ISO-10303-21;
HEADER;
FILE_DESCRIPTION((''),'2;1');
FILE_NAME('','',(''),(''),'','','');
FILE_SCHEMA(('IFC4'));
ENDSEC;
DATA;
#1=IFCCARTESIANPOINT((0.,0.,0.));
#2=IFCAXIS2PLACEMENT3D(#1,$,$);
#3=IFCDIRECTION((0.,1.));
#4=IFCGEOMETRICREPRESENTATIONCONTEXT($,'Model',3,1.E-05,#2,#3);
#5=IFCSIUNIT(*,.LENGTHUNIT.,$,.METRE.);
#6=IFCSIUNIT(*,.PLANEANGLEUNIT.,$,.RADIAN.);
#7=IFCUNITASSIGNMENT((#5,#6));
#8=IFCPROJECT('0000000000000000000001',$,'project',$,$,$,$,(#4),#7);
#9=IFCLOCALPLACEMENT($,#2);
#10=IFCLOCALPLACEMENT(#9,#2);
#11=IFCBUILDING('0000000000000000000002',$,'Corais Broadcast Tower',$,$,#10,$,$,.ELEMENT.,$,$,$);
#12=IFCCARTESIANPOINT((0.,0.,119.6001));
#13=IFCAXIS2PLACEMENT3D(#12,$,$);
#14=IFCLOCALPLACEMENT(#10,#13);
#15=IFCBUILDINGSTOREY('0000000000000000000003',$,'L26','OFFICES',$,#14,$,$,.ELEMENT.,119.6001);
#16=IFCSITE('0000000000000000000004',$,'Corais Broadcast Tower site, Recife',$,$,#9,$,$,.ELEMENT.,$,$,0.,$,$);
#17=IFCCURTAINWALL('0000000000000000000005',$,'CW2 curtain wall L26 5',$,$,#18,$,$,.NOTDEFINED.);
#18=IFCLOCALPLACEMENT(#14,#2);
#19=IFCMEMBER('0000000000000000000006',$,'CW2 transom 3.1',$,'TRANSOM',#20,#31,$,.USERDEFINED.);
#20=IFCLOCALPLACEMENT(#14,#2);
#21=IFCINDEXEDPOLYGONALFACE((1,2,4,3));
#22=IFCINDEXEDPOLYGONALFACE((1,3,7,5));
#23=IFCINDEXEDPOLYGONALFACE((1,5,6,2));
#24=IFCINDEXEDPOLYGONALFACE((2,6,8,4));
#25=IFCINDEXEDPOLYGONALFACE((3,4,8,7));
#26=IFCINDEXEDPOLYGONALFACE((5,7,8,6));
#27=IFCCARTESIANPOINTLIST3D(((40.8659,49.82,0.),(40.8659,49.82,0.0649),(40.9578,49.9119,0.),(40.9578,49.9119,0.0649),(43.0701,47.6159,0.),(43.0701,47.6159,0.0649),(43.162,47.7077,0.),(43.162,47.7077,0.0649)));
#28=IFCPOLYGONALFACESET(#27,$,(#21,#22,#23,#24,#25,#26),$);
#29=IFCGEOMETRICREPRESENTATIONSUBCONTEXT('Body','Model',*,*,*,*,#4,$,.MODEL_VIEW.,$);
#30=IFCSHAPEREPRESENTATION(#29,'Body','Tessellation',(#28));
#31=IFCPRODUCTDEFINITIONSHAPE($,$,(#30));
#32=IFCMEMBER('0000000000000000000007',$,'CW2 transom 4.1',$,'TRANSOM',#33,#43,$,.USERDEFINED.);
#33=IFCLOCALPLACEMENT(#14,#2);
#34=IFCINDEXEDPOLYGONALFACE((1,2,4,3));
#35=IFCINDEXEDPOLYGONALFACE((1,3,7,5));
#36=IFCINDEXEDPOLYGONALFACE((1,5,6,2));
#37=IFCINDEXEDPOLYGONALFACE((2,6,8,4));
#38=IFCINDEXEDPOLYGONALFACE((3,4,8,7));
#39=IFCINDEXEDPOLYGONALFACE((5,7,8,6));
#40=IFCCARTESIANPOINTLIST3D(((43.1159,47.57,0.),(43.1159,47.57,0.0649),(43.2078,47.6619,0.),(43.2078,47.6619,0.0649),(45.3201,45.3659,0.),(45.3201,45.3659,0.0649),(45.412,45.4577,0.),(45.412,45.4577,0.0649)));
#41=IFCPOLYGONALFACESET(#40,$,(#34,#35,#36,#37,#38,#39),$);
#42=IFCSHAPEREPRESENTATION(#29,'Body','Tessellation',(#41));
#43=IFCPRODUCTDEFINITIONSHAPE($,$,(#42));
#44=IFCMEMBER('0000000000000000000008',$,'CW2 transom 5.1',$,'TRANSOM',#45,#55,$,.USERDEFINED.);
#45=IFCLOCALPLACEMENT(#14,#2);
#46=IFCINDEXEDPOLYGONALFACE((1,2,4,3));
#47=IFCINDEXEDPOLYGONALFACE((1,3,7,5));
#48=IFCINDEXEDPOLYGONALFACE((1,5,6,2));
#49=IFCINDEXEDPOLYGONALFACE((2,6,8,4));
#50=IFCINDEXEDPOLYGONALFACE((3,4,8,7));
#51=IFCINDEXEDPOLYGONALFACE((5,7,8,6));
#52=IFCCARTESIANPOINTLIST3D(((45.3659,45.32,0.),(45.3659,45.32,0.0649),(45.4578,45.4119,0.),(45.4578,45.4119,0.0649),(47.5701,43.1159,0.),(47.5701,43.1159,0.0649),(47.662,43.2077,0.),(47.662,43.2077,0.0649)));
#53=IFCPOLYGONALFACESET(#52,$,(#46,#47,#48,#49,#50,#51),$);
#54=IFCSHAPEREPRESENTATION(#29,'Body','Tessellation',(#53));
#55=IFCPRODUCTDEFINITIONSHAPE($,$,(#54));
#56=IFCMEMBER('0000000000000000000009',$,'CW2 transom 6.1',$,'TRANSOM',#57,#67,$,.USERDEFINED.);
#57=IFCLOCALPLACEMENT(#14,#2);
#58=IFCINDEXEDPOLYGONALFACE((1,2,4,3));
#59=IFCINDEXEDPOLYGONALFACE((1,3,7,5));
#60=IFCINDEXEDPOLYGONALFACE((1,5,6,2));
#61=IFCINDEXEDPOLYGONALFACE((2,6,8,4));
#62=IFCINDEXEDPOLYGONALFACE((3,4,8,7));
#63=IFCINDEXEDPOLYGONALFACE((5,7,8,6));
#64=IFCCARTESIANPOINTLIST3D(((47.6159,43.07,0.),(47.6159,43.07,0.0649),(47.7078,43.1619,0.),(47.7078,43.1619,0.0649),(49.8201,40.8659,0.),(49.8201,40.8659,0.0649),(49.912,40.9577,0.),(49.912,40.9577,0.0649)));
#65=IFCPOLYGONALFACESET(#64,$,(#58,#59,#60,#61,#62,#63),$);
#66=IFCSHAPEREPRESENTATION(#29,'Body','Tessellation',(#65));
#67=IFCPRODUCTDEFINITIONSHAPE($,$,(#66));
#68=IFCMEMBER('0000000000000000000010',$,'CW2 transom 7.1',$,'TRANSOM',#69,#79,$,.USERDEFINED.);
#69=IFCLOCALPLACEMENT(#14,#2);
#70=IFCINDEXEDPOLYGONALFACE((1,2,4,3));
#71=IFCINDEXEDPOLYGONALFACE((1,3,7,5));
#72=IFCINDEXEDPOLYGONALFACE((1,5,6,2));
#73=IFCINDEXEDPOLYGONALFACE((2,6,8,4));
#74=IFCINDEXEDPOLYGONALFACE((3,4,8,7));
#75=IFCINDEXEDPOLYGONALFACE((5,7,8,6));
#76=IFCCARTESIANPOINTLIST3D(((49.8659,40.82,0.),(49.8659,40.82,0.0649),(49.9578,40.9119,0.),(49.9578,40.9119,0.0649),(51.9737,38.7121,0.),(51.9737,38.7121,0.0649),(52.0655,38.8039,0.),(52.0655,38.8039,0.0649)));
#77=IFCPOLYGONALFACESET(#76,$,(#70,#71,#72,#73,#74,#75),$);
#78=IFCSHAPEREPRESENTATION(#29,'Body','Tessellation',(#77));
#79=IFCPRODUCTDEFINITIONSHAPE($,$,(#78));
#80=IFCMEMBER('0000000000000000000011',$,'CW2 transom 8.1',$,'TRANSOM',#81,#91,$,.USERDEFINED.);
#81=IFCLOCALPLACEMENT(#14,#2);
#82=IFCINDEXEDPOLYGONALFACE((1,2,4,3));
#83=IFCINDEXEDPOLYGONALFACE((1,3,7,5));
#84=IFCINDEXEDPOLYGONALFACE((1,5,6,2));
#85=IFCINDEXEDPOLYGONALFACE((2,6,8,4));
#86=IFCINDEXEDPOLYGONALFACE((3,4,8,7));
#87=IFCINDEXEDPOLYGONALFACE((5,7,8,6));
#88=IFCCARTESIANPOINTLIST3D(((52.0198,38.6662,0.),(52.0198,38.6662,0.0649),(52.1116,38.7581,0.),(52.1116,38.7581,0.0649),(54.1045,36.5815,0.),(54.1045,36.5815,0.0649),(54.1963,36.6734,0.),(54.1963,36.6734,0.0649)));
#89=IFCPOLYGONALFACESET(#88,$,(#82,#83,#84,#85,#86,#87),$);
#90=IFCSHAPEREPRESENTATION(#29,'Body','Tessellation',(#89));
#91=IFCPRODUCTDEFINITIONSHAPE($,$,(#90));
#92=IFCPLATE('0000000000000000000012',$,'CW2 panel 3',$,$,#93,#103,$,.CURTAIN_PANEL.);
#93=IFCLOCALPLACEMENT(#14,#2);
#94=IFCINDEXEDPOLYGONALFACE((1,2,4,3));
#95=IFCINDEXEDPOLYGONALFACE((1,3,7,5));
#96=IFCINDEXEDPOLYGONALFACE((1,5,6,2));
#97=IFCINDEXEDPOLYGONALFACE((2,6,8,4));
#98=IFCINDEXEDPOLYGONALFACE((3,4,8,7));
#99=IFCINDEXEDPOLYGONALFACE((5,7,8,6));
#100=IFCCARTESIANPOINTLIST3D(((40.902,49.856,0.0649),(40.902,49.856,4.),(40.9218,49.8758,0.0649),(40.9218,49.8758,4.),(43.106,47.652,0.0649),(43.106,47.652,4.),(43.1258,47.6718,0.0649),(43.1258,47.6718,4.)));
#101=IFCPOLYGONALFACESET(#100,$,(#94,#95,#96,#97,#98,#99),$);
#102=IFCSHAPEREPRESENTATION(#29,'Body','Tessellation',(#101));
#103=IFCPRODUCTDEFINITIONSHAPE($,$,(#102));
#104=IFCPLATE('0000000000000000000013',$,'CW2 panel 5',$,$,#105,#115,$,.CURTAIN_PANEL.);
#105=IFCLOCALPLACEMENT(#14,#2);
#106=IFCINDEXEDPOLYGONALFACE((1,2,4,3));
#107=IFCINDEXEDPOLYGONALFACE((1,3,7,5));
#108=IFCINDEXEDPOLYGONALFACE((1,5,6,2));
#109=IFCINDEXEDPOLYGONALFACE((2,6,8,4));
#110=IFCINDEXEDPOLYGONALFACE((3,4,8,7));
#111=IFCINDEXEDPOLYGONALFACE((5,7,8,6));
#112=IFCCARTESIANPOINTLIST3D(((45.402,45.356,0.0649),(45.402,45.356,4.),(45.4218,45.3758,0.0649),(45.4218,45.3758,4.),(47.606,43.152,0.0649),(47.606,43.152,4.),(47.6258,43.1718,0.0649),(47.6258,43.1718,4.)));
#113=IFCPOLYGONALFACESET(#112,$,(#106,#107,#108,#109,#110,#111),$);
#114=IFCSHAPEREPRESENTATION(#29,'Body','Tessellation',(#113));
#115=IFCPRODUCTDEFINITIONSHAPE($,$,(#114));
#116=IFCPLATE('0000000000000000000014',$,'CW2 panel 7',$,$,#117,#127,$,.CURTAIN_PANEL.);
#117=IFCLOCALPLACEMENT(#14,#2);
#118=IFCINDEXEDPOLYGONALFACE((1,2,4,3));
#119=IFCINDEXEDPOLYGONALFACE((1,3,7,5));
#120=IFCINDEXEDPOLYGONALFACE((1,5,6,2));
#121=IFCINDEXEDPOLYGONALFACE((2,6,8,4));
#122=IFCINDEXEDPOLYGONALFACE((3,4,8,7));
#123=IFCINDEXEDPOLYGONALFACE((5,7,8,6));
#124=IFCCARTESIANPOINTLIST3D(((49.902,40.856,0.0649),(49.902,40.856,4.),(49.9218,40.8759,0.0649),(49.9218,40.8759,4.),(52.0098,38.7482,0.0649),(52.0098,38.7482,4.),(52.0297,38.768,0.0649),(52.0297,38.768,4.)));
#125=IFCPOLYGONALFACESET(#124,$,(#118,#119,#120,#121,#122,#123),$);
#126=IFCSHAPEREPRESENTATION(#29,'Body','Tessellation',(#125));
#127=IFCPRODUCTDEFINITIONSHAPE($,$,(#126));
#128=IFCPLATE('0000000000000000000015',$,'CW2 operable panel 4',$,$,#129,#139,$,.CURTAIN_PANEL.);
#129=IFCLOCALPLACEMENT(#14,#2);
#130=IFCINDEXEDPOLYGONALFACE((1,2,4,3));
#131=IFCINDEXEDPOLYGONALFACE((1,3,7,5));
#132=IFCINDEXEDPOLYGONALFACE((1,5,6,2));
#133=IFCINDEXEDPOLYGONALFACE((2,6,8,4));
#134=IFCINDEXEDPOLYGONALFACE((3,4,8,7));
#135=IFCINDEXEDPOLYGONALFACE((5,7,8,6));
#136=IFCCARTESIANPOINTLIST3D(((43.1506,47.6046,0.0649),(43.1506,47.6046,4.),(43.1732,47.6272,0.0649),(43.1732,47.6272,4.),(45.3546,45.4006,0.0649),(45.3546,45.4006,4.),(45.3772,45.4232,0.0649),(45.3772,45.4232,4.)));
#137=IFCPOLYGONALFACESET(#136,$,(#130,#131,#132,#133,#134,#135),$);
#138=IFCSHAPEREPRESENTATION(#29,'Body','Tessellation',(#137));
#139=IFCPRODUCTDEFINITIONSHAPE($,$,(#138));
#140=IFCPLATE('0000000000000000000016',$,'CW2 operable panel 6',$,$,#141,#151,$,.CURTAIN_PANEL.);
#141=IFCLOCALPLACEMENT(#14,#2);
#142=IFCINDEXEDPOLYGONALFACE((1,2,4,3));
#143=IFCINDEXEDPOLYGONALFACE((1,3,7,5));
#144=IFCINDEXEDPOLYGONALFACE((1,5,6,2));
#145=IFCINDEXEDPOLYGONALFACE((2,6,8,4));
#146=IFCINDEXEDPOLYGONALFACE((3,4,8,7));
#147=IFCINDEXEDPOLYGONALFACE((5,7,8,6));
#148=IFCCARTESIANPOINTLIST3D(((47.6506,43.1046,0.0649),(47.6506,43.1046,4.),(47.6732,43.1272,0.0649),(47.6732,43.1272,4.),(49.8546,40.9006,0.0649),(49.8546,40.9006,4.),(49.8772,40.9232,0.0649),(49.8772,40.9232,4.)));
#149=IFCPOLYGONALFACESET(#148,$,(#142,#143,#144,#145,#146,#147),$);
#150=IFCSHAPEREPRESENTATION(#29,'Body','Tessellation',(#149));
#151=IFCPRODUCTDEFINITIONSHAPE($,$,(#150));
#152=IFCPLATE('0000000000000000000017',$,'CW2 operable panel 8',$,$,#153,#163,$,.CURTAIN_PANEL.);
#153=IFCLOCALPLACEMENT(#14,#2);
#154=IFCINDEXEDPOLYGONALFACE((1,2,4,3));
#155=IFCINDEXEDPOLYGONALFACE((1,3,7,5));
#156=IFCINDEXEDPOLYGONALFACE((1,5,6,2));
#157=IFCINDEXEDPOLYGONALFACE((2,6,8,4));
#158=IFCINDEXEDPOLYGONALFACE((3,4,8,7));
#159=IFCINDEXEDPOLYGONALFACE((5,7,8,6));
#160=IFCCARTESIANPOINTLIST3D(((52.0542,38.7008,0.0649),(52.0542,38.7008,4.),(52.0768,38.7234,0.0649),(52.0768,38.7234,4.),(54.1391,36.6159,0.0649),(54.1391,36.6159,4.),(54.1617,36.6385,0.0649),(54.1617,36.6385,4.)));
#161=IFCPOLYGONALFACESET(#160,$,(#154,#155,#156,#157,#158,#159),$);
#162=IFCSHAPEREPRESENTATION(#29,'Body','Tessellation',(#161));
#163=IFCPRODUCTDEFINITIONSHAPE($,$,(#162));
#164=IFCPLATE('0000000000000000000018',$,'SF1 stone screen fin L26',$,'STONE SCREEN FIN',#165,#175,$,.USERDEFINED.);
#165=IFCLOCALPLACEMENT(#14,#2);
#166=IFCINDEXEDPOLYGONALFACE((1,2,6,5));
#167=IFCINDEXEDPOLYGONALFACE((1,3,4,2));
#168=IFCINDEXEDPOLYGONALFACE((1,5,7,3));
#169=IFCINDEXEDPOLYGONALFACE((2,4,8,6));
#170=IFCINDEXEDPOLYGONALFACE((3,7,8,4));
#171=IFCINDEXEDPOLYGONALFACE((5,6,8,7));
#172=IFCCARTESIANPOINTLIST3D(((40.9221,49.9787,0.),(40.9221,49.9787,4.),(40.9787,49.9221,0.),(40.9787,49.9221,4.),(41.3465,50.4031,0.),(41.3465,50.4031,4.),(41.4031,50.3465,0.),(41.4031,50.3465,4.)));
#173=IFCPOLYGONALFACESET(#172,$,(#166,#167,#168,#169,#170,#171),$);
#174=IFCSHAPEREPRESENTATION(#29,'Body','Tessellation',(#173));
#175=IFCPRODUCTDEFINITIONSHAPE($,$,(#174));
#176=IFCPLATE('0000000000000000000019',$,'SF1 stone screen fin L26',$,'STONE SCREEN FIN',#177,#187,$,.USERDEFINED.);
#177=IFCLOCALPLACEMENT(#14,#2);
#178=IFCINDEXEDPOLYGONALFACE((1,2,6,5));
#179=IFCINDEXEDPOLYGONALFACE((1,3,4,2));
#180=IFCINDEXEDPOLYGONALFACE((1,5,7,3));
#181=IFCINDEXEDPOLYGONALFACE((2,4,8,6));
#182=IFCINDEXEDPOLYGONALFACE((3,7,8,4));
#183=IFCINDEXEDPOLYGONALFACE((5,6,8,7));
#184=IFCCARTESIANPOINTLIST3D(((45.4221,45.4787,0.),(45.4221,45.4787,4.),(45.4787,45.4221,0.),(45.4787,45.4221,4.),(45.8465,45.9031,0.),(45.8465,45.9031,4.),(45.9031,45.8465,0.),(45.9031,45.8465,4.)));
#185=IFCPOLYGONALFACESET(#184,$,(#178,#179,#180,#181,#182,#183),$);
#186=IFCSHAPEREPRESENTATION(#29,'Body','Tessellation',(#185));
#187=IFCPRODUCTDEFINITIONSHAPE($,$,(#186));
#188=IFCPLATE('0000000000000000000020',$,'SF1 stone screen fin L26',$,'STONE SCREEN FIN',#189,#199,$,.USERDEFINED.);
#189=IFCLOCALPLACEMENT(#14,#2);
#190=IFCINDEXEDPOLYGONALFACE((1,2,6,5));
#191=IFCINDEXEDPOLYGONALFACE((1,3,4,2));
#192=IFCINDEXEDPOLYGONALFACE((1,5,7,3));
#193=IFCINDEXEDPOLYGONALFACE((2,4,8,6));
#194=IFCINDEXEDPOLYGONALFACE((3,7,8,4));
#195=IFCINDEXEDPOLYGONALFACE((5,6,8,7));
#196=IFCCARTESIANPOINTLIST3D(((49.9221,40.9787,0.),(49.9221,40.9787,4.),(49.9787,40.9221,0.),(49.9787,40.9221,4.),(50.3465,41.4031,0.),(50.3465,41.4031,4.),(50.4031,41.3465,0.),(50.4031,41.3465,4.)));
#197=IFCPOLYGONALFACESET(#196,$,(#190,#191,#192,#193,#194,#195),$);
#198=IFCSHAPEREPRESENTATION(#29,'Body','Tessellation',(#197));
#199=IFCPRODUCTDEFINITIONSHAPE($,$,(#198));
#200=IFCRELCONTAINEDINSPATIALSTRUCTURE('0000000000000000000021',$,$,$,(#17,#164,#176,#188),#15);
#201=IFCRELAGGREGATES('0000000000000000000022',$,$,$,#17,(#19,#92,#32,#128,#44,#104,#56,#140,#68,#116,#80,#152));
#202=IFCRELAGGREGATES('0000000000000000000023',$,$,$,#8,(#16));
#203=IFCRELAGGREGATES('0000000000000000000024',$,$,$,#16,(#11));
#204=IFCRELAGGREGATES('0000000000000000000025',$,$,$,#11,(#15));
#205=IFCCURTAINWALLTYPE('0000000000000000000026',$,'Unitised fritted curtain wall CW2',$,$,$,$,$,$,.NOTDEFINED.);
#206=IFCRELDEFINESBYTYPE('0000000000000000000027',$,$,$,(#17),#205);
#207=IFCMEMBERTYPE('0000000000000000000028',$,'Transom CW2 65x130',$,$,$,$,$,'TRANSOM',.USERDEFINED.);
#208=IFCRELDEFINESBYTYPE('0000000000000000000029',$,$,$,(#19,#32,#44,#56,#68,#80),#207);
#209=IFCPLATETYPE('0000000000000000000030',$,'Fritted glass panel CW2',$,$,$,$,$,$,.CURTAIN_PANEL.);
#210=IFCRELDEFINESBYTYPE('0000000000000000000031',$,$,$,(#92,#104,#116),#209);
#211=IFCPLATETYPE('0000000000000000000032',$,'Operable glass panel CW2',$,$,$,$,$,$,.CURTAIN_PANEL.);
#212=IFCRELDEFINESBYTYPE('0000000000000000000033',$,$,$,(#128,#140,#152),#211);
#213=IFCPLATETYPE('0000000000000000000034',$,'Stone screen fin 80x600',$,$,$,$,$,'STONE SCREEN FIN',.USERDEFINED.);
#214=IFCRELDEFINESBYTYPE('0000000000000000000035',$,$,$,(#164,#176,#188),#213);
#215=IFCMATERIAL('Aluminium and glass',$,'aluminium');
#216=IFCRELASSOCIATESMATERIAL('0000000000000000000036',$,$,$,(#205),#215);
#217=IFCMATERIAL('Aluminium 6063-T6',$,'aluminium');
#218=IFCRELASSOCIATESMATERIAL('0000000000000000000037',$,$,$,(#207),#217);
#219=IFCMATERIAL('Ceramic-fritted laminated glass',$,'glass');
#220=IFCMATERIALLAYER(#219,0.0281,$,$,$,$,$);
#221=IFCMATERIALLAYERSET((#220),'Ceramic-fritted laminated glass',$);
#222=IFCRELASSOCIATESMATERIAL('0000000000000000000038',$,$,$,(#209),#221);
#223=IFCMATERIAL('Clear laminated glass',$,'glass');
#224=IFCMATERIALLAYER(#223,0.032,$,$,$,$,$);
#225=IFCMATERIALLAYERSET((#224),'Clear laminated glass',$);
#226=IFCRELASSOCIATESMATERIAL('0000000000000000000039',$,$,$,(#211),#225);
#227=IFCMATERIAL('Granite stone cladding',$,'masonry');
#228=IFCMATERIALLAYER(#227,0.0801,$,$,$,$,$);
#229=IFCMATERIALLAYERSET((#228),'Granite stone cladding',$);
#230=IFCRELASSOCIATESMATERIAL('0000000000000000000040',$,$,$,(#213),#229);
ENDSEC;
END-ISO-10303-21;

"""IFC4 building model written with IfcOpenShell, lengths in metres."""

from ifc_helpers import new_model, si_unit, direction, frame, origin, origin_2d, place, context, subcontext, project, spatial, rectangle, extrude, material, layer, layer_set, material_profile, profile_set, type_object, element, aggregate, save


model = new_model("IFC4")

# Units and contexts
model_context = context("Model", 3, precision=1e-05, world=origin(), true_north=direction((0.0, 1.0)))
body_context = subcontext(model_context, "Body", "Model", "MODEL_VIEW")
ifc_project = project(units=[si_unit("LENGTHUNIT", "METRE"), si_unit("PLANEANGLEUNIT", "RADIAN")], contexts=[model_context])

# Site, building, storey
site_placement = place(None, origin())
site = spatial("IfcSite", under=ifc_project, at=site_placement, Name="Corais Broadcast Tower site, Recife", CompositionType="ELEMENT", RefElevation=0.0)
building_placement = place(site_placement, origin())
building = spatial("IfcBuilding", under=site, at=building_placement, Name="Corais Broadcast Tower", CompositionType="ELEMENT")
storey_placement = place(building_placement, frame((0.0, 0.0, 119.6001)))
storey = spatial("IfcBuildingStorey", under=building, at=storey_placement, Name="L26", Description="OFFICES", CompositionType="ELEMENT", Elevation=119.6001)

# Curtain wall
ifc_material_1 = material(Name="Aluminium and glass", Category="aluminium")
curtain_wall_type = type_object("IfcCurtainWallType", Name="Unitised fritted curtain wall CW2", PredefinedType="NOTDEFINED", material=ifc_material_1)
curtain_wall_placement = place(storey_placement, origin())
curtain_wall = element("IfcCurtainWall", 1, at=curtain_wall_placement, inside=storey, type_object=curtain_wall_type, Name="CW2 curtain wall L26 5", PredefinedType="NOTDEFINED")

# Members
ifc_material_2 = material(Name="Aluminium 6063-T6", Category="aluminium")
ifc_material_profile_1 = material_profile(ifc_material_2, rectangle(XDim=0.1299, YDim=0.0649, at=origin_2d()), Name="Transom CW2 65x130")
ifc_profile_set_1 = profile_set([ifc_material_profile_1], Name="Aluminium 6063-T6")
member_type_1 = type_object("IfcMemberType", Name="Transom CW2 65x130", ElementType="TRANSOM", PredefinedType="USERDEFINED", material=ifc_profile_set_1)
member_1_placement = place(storey_placement, frame((40.9119, 49.866, 0.0325), z_axis=(0.707107, -0.707107, 0.0), x_axis=(0.707107, 0.707107, 0.0)))
member_1 = element("IfcMember", 2, at=member_1_placement, type_object=member_type_1, Name="CW2 transom 3.1", ObjectType="TRANSOM", PredefinedType="USERDEFINED", context=body_context, shape_type="SweptSolid", body=[
    extrude(rectangle(XDim=0.1299, YDim=0.0649, at=origin_2d()), origin(), (0.0, 0.0, 1.0), 3.1172),
])
member_2_placement = place(storey_placement, frame((43.1619, 47.616, 0.0325), z_axis=(0.707107, -0.707107, 0.0), x_axis=(0.707107, 0.707107, 0.0)))
member_2 = element("IfcMember", 3, at=member_2_placement, type_object=member_type_1, Name="CW2 transom 4.1", ObjectType="TRANSOM", PredefinedType="USERDEFINED", context=body_context, shape_type="SweptSolid", body=[
    extrude(rectangle(XDim=0.1299, YDim=0.0649, at=origin_2d()), origin(), (0.0, 0.0, 1.0), 3.1172),
])
member_3_placement = place(storey_placement, frame((45.4119, 45.366, 0.0325), z_axis=(0.707107, -0.707107, 0.0), x_axis=(0.707107, 0.707107, 0.0)))
member_3 = element("IfcMember", 4, at=member_3_placement, type_object=member_type_1, Name="CW2 transom 5.1", ObjectType="TRANSOM", PredefinedType="USERDEFINED", context=body_context, shape_type="SweptSolid", body=[
    extrude(rectangle(XDim=0.1299, YDim=0.0649, at=origin_2d()), origin(), (0.0, 0.0, 1.0), 3.1172),
])
member_4_placement = place(storey_placement, frame((47.6619, 43.116, 0.0325), z_axis=(0.707107, -0.707107, 0.0), x_axis=(0.707107, 0.707107, 0.0)))
member_4 = element("IfcMember", 5, at=member_4_placement, type_object=member_type_1, Name="CW2 transom 6.1", ObjectType="TRANSOM", PredefinedType="USERDEFINED", context=body_context, shape_type="SweptSolid", body=[
    extrude(rectangle(XDim=0.1299, YDim=0.0649, at=origin_2d()), origin(), (0.0, 0.0, 1.0), 3.1172),
])
member_5_placement = place(storey_placement, frame((49.9119, 40.866, 0.0325), z_axis=(0.707066, -0.707148, 0.0), x_axis=(0.707148, 0.707066, 0.0)))
member_5 = element("IfcMember", 6, at=member_5_placement, type_object=member_type_1, Name="CW2 transom 7.1", ObjectType="TRANSOM", PredefinedType="USERDEFINED", context=body_context, shape_type="SweptSolid", body=[
    extrude(rectangle(XDim=0.1299, YDim=0.0649, at=origin_2d()), origin(), (0.0, 0.0, 1.0), 2.981),
])
member_6_placement = place(storey_placement, frame((52.0657, 38.7122, 0.0325), z_axis=(0.707107, -0.707107, 0.0), x_axis=(0.707107, 0.707107, 0.0)))
member_6 = element("IfcMember", 7, at=member_6_placement, type_object=member_type_1, Name="CW2 transom 8.1", ObjectType="TRANSOM", PredefinedType="USERDEFINED", context=body_context, shape_type="SweptSolid", body=[
    extrude(rectangle(XDim=0.1299, YDim=0.0649, at=origin_2d()), origin(), (0.0, 0.0, 1.0), 2.9482),
])

# Plates
ifc_material_3 = material(Name="Ceramic-fritted laminated glass", Category="glass")
ifc_layer_1 = layer(ifc_material_3, 0.0281)
ifc_layer_set_1 = layer_set([ifc_layer_1], Name="Ceramic-fritted laminated glass")
plate_type_1 = type_object("IfcPlateType", Name="Fritted glass panel CW2", PredefinedType="CURTAIN_PANEL", material=ifc_layer_set_1)
plate_1_placement = place(storey_placement, frame((42.0139, 48.7639, 0.0649), z_axis=(0.0, 0.0, 1.0), x_axis=(0.707107, -0.707107, 0.0)))
plate_1 = element("IfcPlate", 8, at=plate_1_placement, type_object=plate_type_1, Name="CW2 panel 3", PredefinedType="CURTAIN_PANEL", context=body_context, shape_type="SweptSolid", body=[
    extrude(rectangle(XDim=3.1169, YDim=0.0281, at=origin_2d()), origin(), (0.0, 0.0, 1.0), 3.9351),
])
plate_2_placement = place(storey_placement, frame((46.5139, 44.2639, 0.0649), z_axis=(0.0, 0.0, 1.0), x_axis=(0.707107, -0.707107, 0.0)))
plate_2 = element("IfcPlate", 9, at=plate_2_placement, type_object=plate_type_1, Name="CW2 panel 5", PredefinedType="CURTAIN_PANEL", context=body_context, shape_type="SweptSolid", body=[
    extrude(rectangle(XDim=3.1169, YDim=0.0281, at=origin_2d()), origin(), (0.0, 0.0, 1.0), 3.9351),
])
plate_3_placement = place(storey_placement, frame((50.9658, 39.812, 0.0649), z_axis=(0.0, 0.0, 1.0), x_axis=(0.707107, -0.707107, 0.0)))
plate_3 = element("IfcPlate", 10, at=plate_3_placement, type_object=plate_type_1, Name="CW2 panel 7", PredefinedType="CURTAIN_PANEL", context=body_context, shape_type="SweptSolid", body=[
    extrude(rectangle(XDim=2.981, YDim=0.0281, at=origin_2d()), origin(), (0.0, 0.0, 1.0), 3.9351),
])
ifc_material_4 = material(Name="Clear laminated glass", Category="glass")
ifc_layer_2 = layer(ifc_material_4, 0.032)
ifc_layer_set_2 = layer_set([ifc_layer_2], Name="Clear laminated glass")
plate_type_2 = type_object("IfcPlateType", Name="Operable glass panel CW2", PredefinedType="CURTAIN_PANEL", material=ifc_layer_set_2)
plate_4_placement = place(storey_placement, frame((44.2639, 46.5139, 0.0649), z_axis=(0.0, 0.0, 1.0), x_axis=(0.707107, -0.707107, 0.0)))
plate_4 = element("IfcPlate", 11, at=plate_4_placement, type_object=plate_type_2, Name="CW2 operable panel 4", PredefinedType="CURTAIN_PANEL", context=body_context, shape_type="SweptSolid", body=[
    extrude(rectangle(XDim=3.1169, YDim=0.032, at=origin_2d()), origin(), (0.0, 0.0, 1.0), 3.9351),
])
plate_5_placement = place(storey_placement, frame((48.7639, 42.0139, 0.0649), z_axis=(0.0, 0.0, 1.0), x_axis=(0.707107, -0.707107, 0.0)))
plate_5 = element("IfcPlate", 12, at=plate_5_placement, type_object=plate_type_2, Name="CW2 operable panel 6", PredefinedType="CURTAIN_PANEL", context=body_context, shape_type="SweptSolid", body=[
    extrude(rectangle(XDim=3.1169, YDim=0.032, at=origin_2d()), origin(), (0.0, 0.0, 1.0), 3.9351),
])
plate_6_placement = place(storey_placement, frame((53.1079, 37.6697, 0.0649), z_axis=(0.0, 0.0, 1.0), x_axis=(0.707107, -0.707107, 0.0)))
plate_6 = element("IfcPlate", 13, at=plate_6_placement, type_object=plate_type_2, Name="CW2 operable panel 8", PredefinedType="CURTAIN_PANEL", context=body_context, shape_type="SweptSolid", body=[
    extrude(rectangle(XDim=2.9485, YDim=0.032, at=origin_2d()), origin(), (0.0, 0.0, 1.0), 3.9351),
])
aggregate(curtain_wall, [member_1, plate_1, member_2, plate_4, member_3, plate_2, member_4, plate_5, member_5, plate_3, member_6, plate_6])

# Plates
ifc_material_5 = material(Name="Granite stone cladding", Category="masonry")
ifc_layer_3 = layer(ifc_material_5, 0.0801)
ifc_layer_set_3 = layer_set([ifc_layer_3], Name="Granite stone cladding")
plate_type_3 = type_object("IfcPlateType", Name="Stone screen fin 80x600", ElementType="STONE SCREEN FIN", PredefinedType="USERDEFINED", material=ifc_layer_set_3)
for number, where, z_axis, x_axis, name in (
    (14, (41.1626, 50.1626, 0.0), (0.0, 0.0, 1.0), (0.707107, -0.707107, 0.0), "SF1 stone screen fin L26"),
    (15, (45.6626, 45.6626, 0.0), (0.0, 0.0, 1.0), (0.707107, -0.707107, 0.0), "SF1 stone screen fin L26"),
    (16, (50.1626, 41.1626, 0.0), (0.0, 0.0, 1.0), (0.707107, -0.707107, 0.0), "SF1 stone screen fin L26"),
):
    element("IfcPlate", number, at=place(storey_placement, frame(where, z_axis=z_axis, x_axis=x_axis)), inside=storey, type_object=plate_type_3, Name=name, ObjectType="STONE SCREEN FIN", PredefinedType="USERDEFINED", context=body_context, shape_type="SweptSolid", body=[
        extrude(rectangle(XDim=0.0801, YDim=0.6001, at=origin_2d()), origin(), (0.0, 0.0, 1.0), 4.0),
    ])

save(model, "model.ifc")
